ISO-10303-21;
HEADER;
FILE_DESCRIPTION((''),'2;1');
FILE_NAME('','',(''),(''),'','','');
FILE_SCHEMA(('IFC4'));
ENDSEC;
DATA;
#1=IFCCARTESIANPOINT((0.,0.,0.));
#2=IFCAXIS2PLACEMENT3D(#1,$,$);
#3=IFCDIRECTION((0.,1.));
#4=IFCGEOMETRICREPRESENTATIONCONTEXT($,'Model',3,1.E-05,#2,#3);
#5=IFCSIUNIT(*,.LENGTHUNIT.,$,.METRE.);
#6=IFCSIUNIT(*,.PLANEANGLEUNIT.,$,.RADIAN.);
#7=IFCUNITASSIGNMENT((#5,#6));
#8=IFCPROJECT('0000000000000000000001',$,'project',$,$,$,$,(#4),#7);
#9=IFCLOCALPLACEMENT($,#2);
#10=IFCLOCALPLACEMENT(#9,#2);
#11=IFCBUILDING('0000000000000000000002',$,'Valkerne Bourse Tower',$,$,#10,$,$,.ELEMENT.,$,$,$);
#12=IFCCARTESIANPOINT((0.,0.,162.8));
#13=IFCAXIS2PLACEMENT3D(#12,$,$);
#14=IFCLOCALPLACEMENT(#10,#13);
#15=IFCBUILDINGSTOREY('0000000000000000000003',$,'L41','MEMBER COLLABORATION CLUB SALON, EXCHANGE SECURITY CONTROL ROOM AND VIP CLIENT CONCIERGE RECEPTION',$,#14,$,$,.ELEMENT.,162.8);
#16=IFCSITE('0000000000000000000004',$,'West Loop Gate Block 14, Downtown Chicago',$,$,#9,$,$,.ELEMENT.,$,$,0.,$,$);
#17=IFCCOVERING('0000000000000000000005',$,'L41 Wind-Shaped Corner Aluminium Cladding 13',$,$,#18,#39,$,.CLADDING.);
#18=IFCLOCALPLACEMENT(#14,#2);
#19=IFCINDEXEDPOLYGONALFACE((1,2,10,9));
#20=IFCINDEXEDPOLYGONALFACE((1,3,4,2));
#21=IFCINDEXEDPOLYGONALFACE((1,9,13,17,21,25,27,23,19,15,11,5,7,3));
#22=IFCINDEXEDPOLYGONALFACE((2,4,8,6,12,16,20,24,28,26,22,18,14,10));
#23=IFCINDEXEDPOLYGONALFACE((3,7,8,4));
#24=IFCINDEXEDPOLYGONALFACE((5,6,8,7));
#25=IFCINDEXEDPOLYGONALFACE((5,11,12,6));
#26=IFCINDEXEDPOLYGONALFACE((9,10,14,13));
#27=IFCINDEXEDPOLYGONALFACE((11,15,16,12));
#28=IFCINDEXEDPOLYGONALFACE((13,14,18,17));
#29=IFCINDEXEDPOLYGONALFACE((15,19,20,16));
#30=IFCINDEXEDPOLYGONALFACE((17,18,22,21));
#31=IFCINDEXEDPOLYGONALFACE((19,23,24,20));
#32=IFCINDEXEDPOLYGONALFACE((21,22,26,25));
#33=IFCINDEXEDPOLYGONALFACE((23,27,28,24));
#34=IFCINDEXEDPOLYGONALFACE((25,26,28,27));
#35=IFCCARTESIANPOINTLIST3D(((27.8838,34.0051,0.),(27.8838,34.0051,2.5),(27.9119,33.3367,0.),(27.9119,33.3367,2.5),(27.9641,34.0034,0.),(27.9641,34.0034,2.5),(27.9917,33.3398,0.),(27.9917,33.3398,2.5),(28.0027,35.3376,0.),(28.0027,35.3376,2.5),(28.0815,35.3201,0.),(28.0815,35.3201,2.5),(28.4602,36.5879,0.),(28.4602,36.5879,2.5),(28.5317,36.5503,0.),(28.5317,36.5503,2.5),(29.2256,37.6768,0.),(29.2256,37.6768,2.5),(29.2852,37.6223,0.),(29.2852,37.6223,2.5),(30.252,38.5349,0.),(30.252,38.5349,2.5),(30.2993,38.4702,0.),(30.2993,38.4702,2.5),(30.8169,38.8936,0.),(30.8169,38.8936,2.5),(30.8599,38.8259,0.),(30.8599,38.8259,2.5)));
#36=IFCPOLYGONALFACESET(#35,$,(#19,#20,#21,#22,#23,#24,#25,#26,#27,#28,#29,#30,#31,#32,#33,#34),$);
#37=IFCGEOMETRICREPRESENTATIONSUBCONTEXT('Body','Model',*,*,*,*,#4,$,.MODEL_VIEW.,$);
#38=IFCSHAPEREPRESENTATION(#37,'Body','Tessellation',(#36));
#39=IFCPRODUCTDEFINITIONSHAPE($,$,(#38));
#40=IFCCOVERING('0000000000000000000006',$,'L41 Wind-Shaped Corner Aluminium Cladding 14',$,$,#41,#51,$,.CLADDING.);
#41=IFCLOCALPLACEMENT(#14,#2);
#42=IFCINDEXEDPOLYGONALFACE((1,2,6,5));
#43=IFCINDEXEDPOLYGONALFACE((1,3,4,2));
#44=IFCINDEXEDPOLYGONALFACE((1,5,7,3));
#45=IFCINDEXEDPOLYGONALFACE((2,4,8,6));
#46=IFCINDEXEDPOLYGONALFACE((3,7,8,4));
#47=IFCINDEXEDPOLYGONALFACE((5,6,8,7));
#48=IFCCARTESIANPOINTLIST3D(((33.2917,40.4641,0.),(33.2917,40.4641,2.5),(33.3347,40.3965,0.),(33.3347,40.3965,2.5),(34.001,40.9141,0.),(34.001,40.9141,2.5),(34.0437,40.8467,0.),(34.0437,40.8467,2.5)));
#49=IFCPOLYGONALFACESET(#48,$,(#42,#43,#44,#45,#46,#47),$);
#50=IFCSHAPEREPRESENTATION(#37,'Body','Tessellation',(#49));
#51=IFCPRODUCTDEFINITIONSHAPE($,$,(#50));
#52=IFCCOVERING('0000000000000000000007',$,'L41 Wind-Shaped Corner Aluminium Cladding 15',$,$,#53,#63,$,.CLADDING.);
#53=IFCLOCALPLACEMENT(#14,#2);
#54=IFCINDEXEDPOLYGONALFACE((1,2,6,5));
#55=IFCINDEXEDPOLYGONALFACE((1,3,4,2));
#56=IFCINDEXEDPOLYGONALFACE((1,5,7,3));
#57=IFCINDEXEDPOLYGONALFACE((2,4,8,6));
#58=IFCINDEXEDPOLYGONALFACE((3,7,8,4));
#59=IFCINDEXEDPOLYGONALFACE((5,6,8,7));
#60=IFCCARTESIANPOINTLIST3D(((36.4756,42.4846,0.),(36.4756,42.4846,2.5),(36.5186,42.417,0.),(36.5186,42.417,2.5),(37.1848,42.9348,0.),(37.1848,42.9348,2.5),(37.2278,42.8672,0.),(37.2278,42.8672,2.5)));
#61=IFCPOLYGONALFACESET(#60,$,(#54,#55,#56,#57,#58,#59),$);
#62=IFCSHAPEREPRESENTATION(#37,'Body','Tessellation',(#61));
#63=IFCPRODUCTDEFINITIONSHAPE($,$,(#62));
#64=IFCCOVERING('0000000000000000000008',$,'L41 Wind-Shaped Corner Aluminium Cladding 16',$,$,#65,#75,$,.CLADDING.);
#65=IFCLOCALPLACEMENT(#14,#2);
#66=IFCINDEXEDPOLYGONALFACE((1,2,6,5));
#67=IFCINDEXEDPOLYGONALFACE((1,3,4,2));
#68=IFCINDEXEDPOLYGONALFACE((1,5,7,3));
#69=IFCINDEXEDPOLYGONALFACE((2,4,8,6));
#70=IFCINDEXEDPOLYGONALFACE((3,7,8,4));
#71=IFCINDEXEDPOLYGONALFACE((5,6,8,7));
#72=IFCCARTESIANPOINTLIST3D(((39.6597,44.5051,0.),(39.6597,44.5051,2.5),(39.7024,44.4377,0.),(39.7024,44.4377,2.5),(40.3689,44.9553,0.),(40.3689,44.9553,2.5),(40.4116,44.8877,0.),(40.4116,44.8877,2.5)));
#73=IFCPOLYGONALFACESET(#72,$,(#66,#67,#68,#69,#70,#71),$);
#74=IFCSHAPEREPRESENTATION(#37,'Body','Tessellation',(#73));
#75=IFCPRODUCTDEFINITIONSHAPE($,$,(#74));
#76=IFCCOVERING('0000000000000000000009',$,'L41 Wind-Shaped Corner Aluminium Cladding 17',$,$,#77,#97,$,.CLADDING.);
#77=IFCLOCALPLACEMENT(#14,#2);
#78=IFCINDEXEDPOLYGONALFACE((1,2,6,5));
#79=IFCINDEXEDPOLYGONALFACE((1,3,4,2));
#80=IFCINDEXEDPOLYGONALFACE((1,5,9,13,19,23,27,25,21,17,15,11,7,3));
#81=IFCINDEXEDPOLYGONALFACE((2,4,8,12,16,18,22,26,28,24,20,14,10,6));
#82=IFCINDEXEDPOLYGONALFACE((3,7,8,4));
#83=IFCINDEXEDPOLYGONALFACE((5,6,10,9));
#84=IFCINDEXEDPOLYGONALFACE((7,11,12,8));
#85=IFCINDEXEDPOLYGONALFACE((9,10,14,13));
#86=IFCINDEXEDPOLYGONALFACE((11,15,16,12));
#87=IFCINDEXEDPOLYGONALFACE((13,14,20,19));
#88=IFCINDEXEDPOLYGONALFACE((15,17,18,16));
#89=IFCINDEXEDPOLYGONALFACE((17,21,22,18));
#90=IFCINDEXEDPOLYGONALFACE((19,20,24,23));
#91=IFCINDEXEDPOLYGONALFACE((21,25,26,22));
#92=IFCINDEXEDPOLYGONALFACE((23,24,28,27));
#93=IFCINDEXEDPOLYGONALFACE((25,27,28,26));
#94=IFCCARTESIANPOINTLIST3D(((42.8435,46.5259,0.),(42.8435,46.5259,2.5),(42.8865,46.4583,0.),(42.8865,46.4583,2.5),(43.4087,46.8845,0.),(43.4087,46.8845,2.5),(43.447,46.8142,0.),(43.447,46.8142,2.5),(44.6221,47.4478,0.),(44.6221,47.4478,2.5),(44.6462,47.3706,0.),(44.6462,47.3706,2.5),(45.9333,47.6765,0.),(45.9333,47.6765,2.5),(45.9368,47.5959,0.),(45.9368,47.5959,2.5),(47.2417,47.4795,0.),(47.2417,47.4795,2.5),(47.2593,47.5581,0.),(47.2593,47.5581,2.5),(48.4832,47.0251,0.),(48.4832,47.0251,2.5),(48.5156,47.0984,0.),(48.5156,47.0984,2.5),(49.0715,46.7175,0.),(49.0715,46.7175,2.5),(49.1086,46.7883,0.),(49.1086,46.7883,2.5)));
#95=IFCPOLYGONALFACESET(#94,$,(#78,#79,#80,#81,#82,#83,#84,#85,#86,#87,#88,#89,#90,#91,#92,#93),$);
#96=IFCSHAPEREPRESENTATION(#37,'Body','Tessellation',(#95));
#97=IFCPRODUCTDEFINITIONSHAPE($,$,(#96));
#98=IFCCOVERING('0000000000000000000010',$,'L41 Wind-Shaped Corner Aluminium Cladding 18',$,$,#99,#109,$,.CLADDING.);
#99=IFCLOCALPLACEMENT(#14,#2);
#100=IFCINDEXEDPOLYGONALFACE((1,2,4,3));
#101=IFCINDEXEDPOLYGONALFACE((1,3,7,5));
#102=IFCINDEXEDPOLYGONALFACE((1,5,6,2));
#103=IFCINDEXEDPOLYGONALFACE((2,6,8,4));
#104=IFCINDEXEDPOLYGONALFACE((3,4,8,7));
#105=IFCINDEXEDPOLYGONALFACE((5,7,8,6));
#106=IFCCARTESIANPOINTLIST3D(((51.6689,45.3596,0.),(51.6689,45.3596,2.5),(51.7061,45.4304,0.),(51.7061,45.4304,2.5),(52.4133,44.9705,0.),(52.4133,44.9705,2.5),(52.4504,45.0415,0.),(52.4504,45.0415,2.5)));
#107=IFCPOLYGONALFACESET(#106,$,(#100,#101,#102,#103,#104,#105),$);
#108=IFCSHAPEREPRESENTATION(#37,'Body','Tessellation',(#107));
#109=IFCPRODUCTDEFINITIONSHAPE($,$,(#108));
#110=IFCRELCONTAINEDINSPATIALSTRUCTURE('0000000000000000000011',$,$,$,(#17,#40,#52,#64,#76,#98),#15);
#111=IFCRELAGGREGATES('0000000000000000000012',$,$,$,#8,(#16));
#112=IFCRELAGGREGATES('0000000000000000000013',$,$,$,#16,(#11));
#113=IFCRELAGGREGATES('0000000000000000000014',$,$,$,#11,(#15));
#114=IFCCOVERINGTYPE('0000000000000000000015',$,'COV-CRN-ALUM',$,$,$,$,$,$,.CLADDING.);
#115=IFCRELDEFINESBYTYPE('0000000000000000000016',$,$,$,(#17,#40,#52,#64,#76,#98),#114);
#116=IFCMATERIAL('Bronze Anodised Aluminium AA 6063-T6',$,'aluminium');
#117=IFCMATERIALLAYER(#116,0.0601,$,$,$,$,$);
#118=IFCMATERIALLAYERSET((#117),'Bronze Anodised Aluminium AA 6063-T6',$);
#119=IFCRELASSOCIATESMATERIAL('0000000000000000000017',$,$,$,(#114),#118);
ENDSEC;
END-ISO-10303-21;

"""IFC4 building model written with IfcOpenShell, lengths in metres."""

from ifc_helpers import new_model, si_unit, direction, frame, origin, place, context, subcontext, project, spatial, polyline, outline, extrude, material, layer, layer_set, type_object, element, save


model = new_model("IFC4")

# Units and contexts
model_context = context("Model", 3, precision=1e-05, world=origin(), true_north=direction((0.0, 1.0)))
body_context = subcontext(model_context, "Body", "Model", "MODEL_VIEW")
ifc_project = project(units=[si_unit("LENGTHUNIT", "METRE"), si_unit("PLANEANGLEUNIT", "RADIAN")], contexts=[model_context])

# Site, building, storey
site_placement = place(None, origin())
site = spatial("IfcSite", under=ifc_project, at=site_placement, Name="West Loop Gate Block 14, Downtown Chicago", CompositionType="ELEMENT", RefElevation=0.0)
building_placement = place(site_placement, origin())
building = spatial("IfcBuilding", under=site, at=building_placement, Name="Valkerne Bourse Tower", CompositionType="ELEMENT")
storey_placement = place(building_placement, frame((0.0, 0.0, 162.8)))
storey = spatial("IfcBuildingStorey", under=building, at=storey_placement, Name="L41", Description="MEMBER COLLABORATION CLUB SALON, EXCHANGE SECURITY CONTROL ROOM AND VIP CLIENT CONCIERGE RECEPTION", CompositionType="ELEMENT", Elevation=162.8)

# Coverings
ifc_material_1 = material(Name="Bronze Anodised Aluminium AA 6063-T6", Category="aluminium")
ifc_layer_1 = layer(ifc_material_1, 0.0601)
ifc_layer_set_1 = layer_set([ifc_layer_1], Name="Bronze Anodised Aluminium AA 6063-T6")
covering_type = type_object("IfcCoveringType", Name="COV-CRN-ALUM", PredefinedType="CLADDING", material=ifc_layer_set_1)
covering_1_placement = place(storey_placement, origin())
element("IfcCovering", 1, at=covering_1_placement, inside=storey, type_object=covering_type, Name="L41 Wind-Shaped Corner Aluminium Cladding 13", PredefinedType="CLADDING", context=body_context, shape_type="SweptSolid", body=[
    extrude(outline(polyline([(27.8838, 34.0051), (28.0027, 35.3376), (28.4602, 36.5879), (29.2256, 37.6768), (30.252, 38.5349), (30.8169, 38.8936), (30.8599, 38.8259), (30.2993, 38.4702), (29.2852, 37.6223), (28.5317, 36.5503), (28.0815, 35.3201), (27.9641, 34.0034), (27.9917, 33.3398), (27.9119, 33.3367), (27.8838, 34.0051)])), origin(), (0.0, 0.0, 1.0), 2.5),
])
covering_2_placement = place(storey_placement, origin())
element("IfcCovering", 2, at=covering_2_placement, inside=storey, type_object=covering_type, Name="L41 Wind-Shaped Corner Aluminium Cladding 14", PredefinedType="CLADDING", context=body_context, shape_type="SweptSolid", body=[
    extrude(outline(polyline([(34.001, 40.9141), (34.0437, 40.8467), (33.3347, 40.3965), (33.2917, 40.4641), (34.001, 40.9141)])), origin(), (0.0, 0.0, 1.0), 2.5),
])
covering_3_placement = place(storey_placement, origin())
element("IfcCovering", 3, at=covering_3_placement, inside=storey, type_object=covering_type, Name="L41 Wind-Shaped Corner Aluminium Cladding 15", PredefinedType="CLADDING", context=body_context, shape_type="SweptSolid", body=[
    extrude(outline(polyline([(37.1848, 42.9348), (37.2278, 42.8672), (36.5186, 42.417), (36.4756, 42.4846), (37.1848, 42.9348)])), origin(), (0.0, 0.0, 1.0), 2.5),
])
covering_4_placement = place(storey_placement, origin())
element("IfcCovering", 4, at=covering_4_placement, inside=storey, type_object=covering_type, Name="L41 Wind-Shaped Corner Aluminium Cladding 16", PredefinedType="CLADDING", context=body_context, shape_type="SweptSolid", body=[
    extrude(outline(polyline([(40.3689, 44.9553), (40.4116, 44.8877), (39.7024, 44.4377), (39.6597, 44.5051), (40.3689, 44.9553)])), origin(), (0.0, 0.0, 1.0), 2.5),
])
covering_5_placement = place(storey_placement, origin())
element("IfcCovering", 5, at=covering_5_placement, inside=storey, type_object=covering_type, Name="L41 Wind-Shaped Corner Aluminium Cladding 17", PredefinedType="CLADDING", context=body_context, shape_type="SweptSolid", body=[
    extrude(outline(polyline([(43.4087, 46.8845), (44.6221, 47.4478), (45.9333, 47.6765), (47.2593, 47.5581), (48.5156, 47.0984), (49.1086, 46.7883), (49.0715, 46.7175), (48.4832, 47.0251), (47.2417, 47.4795), (45.9368, 47.5959), (44.6462, 47.3706), (43.447, 46.8142), (42.8865, 46.4583), (42.8435, 46.5259), (43.4087, 46.8845)])), origin(), (0.0, 0.0, 1.0), 2.5),
])
covering_6_placement = place(storey_placement, origin())
element("IfcCovering", 6, at=covering_6_placement, inside=storey, type_object=covering_type, Name="L41 Wind-Shaped Corner Aluminium Cladding 18", PredefinedType="CLADDING", context=body_context, shape_type="SweptSolid", body=[
    extrude(outline(polyline([(52.4504, 45.0415), (52.4133, 44.9705), (51.6689, 45.3596), (51.7061, 45.4304), (52.4504, 45.0415)])), origin(), (0.0, 0.0, 1.0), 2.5),
])

save(model, "model.ifc")
